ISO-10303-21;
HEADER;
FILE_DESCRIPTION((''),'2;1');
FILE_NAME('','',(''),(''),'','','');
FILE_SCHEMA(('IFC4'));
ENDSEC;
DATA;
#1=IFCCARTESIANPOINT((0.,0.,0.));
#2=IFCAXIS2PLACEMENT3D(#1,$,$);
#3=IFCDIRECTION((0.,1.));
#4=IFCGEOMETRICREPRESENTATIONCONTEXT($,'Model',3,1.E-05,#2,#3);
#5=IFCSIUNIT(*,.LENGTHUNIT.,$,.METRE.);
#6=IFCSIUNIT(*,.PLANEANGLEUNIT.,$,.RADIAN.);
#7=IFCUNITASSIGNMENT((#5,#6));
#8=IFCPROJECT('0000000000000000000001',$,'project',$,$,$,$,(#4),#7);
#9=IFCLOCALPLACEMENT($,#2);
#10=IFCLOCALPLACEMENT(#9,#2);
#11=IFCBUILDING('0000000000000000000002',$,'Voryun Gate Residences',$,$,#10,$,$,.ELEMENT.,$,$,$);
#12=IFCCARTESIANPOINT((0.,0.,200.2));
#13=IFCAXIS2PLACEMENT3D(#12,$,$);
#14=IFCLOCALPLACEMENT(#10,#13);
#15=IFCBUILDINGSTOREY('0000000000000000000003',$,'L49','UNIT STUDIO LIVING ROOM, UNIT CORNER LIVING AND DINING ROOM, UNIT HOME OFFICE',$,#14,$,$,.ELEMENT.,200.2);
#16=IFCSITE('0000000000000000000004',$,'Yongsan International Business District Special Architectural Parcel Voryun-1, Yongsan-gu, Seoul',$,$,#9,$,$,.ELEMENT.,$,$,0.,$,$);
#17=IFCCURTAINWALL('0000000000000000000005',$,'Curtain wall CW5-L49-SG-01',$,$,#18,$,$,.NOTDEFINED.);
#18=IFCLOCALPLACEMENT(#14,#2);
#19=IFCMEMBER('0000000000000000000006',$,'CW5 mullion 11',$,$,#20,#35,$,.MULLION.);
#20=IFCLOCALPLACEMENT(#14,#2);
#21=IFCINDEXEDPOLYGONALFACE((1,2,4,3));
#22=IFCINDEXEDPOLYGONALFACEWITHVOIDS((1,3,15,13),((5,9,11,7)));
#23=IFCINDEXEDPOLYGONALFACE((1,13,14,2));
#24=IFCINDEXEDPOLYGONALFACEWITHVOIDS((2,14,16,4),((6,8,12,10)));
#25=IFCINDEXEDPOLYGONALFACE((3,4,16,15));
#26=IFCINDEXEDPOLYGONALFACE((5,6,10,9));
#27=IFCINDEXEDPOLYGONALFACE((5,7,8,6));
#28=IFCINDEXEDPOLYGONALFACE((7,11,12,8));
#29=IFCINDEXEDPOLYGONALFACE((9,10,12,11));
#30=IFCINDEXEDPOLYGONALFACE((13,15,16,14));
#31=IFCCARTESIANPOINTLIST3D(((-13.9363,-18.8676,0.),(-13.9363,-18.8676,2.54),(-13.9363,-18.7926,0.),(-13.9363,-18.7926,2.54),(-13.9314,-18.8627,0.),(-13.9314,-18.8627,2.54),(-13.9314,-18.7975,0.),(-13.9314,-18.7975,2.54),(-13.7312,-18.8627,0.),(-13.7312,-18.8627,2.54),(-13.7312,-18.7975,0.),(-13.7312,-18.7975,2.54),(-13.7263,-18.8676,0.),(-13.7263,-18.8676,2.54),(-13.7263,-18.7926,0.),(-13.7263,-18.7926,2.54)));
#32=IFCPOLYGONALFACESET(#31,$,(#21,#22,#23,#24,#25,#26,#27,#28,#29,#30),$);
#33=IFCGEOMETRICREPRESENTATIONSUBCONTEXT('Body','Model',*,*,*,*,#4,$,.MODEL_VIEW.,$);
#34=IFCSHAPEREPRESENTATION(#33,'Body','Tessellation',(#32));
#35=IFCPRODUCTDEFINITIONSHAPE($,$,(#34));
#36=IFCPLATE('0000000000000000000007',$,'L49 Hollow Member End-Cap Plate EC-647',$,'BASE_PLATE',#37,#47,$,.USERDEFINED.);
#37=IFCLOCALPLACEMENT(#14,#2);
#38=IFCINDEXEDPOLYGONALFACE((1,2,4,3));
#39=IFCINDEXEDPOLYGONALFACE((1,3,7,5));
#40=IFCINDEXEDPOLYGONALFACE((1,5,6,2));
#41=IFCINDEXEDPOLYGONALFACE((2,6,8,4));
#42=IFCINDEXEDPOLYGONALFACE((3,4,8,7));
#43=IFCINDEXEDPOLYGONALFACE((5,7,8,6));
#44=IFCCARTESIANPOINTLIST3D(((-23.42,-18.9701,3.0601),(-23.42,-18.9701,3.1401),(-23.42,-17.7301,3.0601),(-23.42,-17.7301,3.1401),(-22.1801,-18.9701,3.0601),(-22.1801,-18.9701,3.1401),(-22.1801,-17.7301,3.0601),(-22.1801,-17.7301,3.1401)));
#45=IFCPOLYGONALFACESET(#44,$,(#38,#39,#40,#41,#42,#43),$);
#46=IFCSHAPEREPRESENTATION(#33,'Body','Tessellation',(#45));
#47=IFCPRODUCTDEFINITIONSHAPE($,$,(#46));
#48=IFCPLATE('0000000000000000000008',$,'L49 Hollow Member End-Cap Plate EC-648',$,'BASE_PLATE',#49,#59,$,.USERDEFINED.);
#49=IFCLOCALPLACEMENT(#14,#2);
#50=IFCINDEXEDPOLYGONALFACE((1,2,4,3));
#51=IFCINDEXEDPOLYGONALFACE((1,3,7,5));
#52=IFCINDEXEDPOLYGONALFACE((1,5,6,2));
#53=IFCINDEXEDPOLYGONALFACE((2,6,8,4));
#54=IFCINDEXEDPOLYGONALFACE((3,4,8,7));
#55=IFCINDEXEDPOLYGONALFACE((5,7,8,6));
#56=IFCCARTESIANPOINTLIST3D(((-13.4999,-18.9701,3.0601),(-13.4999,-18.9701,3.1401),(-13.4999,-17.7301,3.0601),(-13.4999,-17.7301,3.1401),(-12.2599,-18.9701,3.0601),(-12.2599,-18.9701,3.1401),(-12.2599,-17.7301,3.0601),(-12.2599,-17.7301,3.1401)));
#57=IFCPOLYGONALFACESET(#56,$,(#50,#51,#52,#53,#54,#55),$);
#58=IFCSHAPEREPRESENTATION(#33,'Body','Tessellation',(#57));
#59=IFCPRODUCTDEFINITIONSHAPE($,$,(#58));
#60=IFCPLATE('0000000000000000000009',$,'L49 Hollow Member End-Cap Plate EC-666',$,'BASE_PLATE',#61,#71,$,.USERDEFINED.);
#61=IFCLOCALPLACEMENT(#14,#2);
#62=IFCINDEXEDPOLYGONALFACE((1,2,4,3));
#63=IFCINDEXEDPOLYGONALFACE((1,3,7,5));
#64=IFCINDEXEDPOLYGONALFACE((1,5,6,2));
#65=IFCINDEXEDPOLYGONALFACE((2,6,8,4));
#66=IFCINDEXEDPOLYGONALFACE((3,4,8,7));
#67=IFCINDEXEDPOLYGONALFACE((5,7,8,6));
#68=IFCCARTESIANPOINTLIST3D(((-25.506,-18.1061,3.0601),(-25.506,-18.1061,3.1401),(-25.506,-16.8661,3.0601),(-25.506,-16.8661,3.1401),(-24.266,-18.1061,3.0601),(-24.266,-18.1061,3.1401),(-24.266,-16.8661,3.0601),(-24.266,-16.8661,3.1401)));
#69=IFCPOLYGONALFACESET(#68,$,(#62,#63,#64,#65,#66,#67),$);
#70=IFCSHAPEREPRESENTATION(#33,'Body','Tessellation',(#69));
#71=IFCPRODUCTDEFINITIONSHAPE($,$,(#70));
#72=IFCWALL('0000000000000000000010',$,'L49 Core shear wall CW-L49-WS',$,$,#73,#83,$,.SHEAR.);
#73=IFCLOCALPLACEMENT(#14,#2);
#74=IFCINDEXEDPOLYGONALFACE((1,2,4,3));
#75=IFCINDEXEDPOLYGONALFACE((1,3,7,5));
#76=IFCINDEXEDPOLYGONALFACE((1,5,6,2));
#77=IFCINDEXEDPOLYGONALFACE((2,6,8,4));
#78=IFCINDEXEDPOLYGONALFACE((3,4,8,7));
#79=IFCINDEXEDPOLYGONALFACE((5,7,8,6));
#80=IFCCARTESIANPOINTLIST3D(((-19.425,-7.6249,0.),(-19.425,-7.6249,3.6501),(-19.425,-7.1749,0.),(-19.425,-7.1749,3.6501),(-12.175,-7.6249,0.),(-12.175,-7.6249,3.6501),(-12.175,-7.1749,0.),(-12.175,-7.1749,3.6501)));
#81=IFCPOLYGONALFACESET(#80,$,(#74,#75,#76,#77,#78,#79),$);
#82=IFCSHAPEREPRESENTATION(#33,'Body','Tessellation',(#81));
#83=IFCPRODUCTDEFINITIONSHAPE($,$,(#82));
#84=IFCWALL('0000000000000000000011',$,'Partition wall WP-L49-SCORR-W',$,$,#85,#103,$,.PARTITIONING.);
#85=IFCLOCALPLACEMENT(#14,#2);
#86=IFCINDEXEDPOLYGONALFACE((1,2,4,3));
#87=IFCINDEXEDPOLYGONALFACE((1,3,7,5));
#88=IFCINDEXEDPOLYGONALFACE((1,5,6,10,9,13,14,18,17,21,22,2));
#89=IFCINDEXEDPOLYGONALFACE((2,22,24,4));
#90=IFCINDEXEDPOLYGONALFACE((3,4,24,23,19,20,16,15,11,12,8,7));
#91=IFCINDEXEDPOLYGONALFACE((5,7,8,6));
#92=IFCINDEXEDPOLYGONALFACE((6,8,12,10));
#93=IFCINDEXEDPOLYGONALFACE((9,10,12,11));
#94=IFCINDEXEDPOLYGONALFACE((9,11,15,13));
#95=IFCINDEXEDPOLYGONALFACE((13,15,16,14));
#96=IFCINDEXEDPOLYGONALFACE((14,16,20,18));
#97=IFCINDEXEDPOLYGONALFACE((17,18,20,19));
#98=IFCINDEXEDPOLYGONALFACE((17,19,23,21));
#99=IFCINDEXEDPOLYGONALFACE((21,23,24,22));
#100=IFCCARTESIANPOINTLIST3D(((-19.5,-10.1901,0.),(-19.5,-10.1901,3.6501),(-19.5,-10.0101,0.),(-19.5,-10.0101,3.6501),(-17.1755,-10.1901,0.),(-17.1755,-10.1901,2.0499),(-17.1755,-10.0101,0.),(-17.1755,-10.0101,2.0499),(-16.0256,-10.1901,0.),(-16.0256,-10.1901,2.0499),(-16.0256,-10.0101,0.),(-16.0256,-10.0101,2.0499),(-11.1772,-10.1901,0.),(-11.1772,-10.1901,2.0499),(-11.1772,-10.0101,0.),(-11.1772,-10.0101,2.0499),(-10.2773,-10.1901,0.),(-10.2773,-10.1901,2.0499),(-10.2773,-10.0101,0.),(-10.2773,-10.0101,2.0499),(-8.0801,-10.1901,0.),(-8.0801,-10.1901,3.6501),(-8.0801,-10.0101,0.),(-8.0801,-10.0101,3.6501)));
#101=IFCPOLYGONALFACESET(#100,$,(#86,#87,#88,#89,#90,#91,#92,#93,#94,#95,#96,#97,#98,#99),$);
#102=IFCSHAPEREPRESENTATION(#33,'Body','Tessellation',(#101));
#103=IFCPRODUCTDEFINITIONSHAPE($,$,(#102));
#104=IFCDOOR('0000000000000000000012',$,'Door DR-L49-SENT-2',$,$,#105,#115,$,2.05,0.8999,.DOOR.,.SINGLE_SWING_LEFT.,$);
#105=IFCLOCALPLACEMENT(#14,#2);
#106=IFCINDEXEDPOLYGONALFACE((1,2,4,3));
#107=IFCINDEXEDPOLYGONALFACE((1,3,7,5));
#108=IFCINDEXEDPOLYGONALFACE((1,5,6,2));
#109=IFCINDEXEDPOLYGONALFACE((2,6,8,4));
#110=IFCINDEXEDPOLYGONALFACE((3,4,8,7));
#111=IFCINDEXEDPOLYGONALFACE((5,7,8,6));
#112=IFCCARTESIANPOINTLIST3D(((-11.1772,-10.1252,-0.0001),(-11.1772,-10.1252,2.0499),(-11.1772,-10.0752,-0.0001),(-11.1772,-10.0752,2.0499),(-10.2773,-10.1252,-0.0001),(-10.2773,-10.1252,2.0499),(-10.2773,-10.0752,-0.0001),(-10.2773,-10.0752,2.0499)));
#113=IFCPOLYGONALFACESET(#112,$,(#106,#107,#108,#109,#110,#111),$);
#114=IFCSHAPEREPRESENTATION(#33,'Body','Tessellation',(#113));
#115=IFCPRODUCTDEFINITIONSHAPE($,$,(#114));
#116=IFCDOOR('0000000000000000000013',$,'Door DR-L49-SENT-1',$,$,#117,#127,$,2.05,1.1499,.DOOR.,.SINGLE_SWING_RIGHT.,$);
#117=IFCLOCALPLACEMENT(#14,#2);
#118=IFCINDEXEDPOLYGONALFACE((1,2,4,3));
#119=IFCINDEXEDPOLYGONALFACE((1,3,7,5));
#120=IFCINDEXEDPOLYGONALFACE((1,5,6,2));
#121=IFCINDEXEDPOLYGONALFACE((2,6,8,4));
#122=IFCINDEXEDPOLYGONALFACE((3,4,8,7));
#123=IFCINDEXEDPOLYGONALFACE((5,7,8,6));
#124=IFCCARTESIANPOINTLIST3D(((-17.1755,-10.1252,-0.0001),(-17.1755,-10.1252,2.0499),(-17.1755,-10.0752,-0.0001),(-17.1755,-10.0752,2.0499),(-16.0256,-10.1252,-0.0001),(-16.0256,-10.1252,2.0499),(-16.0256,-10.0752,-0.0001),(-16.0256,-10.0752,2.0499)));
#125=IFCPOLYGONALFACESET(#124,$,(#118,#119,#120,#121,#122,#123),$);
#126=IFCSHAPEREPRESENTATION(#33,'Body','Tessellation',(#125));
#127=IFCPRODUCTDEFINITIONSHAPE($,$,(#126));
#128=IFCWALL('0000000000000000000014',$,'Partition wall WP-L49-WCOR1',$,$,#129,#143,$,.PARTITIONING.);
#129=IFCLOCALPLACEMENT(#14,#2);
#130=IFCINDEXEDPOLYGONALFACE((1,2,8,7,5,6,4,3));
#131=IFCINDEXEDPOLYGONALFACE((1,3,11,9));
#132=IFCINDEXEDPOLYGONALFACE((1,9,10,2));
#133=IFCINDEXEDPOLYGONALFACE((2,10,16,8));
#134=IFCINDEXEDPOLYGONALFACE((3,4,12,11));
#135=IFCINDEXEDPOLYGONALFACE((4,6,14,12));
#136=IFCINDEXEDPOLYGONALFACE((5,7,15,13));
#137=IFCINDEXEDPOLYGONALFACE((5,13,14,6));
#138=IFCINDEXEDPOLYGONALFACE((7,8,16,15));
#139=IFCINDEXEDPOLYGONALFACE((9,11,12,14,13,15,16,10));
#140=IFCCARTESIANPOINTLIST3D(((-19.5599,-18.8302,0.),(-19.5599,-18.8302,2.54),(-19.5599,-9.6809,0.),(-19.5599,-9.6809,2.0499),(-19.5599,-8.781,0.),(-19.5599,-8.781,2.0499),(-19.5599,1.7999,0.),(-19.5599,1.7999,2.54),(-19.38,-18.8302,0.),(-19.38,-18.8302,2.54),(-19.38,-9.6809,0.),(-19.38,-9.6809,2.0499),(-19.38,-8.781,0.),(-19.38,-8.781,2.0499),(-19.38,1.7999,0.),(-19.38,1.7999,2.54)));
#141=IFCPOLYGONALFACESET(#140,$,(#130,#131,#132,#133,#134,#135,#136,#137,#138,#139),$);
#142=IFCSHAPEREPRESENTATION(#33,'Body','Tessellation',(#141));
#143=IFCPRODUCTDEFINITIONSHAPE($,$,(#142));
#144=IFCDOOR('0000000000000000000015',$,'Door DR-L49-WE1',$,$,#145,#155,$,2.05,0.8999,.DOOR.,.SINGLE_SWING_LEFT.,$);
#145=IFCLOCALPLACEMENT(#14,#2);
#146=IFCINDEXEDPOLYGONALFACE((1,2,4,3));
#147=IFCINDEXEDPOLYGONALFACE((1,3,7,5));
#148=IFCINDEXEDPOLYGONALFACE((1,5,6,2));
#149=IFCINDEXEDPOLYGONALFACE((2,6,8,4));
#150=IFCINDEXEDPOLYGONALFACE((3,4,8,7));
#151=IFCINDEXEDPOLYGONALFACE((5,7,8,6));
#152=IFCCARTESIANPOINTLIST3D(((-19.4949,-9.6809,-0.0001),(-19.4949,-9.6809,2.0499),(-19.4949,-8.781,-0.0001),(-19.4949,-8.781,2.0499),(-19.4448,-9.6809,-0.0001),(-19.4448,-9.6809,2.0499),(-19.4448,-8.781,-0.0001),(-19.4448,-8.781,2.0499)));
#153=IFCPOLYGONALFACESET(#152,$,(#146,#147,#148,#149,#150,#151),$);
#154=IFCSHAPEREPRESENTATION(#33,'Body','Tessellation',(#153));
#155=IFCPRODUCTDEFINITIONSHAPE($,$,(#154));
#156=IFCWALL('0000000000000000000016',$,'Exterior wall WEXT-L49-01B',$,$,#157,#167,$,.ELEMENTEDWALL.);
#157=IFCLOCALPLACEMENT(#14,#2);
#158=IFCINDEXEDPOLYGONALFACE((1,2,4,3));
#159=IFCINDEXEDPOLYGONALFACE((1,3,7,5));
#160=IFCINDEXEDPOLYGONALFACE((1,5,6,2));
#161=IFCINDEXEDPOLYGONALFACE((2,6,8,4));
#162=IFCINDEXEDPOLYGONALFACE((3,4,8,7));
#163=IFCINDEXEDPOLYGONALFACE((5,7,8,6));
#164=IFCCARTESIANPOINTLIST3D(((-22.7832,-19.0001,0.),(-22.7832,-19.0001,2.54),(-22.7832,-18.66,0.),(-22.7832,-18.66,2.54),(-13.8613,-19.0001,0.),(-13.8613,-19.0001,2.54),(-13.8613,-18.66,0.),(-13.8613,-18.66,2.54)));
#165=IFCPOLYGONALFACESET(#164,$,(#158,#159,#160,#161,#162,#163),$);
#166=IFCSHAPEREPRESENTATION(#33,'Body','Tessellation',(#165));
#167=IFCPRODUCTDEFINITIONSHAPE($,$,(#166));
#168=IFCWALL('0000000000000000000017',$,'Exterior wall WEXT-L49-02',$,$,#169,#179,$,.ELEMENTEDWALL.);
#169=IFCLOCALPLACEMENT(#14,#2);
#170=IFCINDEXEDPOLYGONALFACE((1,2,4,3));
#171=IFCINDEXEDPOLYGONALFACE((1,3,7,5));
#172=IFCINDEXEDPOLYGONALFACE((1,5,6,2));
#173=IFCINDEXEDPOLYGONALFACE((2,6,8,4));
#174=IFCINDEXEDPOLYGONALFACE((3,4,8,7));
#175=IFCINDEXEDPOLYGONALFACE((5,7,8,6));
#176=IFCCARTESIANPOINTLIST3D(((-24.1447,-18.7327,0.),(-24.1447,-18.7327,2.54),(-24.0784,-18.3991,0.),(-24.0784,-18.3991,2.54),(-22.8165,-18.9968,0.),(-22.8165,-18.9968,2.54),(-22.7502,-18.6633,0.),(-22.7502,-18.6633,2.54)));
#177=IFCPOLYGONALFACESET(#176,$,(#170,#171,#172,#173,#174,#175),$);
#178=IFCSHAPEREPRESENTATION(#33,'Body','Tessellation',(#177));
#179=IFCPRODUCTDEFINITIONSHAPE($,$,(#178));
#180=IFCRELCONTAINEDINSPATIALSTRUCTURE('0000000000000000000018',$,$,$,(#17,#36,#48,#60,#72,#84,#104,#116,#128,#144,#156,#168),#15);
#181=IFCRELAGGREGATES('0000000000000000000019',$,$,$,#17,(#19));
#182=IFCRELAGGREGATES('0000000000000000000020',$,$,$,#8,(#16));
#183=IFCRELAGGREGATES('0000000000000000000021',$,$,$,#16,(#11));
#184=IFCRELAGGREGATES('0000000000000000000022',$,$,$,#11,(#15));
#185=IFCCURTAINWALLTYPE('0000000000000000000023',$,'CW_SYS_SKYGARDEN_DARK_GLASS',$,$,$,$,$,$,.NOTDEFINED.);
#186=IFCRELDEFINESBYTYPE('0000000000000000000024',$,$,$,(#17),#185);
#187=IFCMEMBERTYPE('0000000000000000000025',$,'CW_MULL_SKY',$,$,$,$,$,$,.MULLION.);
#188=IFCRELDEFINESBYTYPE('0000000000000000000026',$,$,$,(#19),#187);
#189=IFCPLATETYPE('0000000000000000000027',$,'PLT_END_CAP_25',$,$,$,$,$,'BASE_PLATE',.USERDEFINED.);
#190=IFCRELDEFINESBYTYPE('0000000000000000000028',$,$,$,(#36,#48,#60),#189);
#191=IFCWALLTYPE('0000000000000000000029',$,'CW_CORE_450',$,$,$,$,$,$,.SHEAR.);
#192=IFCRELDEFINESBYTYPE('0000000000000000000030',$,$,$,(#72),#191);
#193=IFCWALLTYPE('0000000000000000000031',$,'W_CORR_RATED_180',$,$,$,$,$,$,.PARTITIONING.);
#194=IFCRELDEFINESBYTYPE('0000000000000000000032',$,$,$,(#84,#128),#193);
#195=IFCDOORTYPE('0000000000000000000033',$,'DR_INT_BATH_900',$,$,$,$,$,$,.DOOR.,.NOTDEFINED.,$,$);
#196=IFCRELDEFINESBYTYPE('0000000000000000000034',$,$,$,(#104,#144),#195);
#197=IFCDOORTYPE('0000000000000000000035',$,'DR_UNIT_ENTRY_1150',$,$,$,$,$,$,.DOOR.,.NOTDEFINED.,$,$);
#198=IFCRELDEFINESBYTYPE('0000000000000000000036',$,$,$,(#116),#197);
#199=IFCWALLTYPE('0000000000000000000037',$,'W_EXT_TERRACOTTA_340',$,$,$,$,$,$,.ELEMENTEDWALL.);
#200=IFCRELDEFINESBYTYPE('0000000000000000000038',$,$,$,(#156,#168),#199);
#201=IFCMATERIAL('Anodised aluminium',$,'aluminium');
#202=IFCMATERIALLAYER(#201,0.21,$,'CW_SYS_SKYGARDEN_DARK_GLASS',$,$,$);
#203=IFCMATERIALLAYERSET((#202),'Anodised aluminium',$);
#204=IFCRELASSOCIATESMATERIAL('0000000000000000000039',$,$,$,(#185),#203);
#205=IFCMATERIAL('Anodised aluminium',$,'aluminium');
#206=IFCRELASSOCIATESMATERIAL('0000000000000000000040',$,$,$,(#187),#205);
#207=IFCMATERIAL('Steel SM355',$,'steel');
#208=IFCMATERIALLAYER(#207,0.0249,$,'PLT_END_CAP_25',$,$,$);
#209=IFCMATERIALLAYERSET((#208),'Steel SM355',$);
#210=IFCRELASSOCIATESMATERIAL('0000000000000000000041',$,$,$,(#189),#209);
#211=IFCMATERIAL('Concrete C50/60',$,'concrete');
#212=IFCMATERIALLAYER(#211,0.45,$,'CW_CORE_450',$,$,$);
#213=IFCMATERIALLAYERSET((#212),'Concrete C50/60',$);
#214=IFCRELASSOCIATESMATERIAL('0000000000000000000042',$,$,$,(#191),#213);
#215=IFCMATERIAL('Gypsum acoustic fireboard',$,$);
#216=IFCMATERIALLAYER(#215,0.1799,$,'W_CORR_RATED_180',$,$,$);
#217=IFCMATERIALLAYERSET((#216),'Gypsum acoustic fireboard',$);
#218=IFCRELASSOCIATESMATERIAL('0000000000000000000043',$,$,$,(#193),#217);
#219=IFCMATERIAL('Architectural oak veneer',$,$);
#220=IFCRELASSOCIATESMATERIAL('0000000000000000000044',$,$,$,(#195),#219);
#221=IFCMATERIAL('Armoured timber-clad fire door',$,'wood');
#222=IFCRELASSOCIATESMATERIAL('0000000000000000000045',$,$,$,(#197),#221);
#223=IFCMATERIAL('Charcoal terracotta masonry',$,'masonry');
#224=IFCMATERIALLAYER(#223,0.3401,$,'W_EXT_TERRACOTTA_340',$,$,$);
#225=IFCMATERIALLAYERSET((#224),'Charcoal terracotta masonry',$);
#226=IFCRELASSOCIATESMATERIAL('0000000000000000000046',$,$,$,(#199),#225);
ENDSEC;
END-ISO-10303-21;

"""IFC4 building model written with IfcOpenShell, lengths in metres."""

from ifc_helpers import new_model, si_unit, direction, frame, frame_2d, origin, origin_2d, place, context, subcontext, project, spatial, rectangle, hollow_rectangle, extrude, material, layer, layer_set, material_profile, profile_set, type_object, element, fill, aggregate, save


model = new_model("IFC4")

# Units and contexts
model_context = context("Model", 3, precision=1e-05, world=origin(), true_north=direction((0.0, 1.0)))
body_context = subcontext(model_context, "Body", "Model", "MODEL_VIEW")
ifc_project = project(units=[si_unit("LENGTHUNIT", "METRE"), si_unit("PLANEANGLEUNIT", "RADIAN")], contexts=[model_context])

# Site, building, storey
site_placement = place(None, origin())
site = spatial("IfcSite", under=ifc_project, at=site_placement, Name="Yongsan International Business District Special Architectural Parcel Voryun-1, Yongsan-gu, Seoul", CompositionType="ELEMENT", RefElevation=0.0)
building_placement = place(site_placement, origin())
building = spatial("IfcBuilding", under=site, at=building_placement, Name="Voryun Gate Residences", CompositionType="ELEMENT")
storey_placement = place(building_placement, frame((0.0, 0.0, 200.2)))
storey = spatial("IfcBuildingStorey", under=building, at=storey_placement, Name="L49", Description="UNIT STUDIO LIVING ROOM, UNIT CORNER LIVING AND DINING ROOM, UNIT HOME OFFICE", CompositionType="ELEMENT", Elevation=200.2)

# Curtain wall, member
ifc_material_1 = material(Name="Anodised aluminium", Category="aluminium")
ifc_layer_1 = layer(ifc_material_1, 0.21, Name="CW_SYS_SKYGARDEN_DARK_GLASS")
ifc_layer_set_1 = layer_set([ifc_layer_1], Name="Anodised aluminium")
curtain_wall_type = type_object("IfcCurtainWallType", Name="CW_SYS_SKYGARDEN_DARK_GLASS", PredefinedType="NOTDEFINED", material=ifc_layer_set_1)
curtain_wall_placement = place(storey_placement, origin())
curtain_wall = element("IfcCurtainWall", 1, at=curtain_wall_placement, inside=storey, type_object=curtain_wall_type, Name="Curtain wall CW5-L49-SG-01", PredefinedType="NOTDEFINED")
ifc_material_2 = material(Name="Anodised aluminium", Category="aluminium")
ifc_material_profile_1 = material_profile(ifc_material_2, hollow_rectangle(XDim=0.075, YDim=0.21, WallThickness=0.0049, at=origin_2d()), Name="ALU-MULL-210x75x5")
ifc_profile_set_1 = profile_set([ifc_material_profile_1], Name="Anodised aluminium")
member_type = type_object("IfcMemberType", Name="CW_MULL_SKY", PredefinedType="MULLION", material=ifc_profile_set_1)
member_placement = place(storey_placement, frame((-13.8313, -18.8301, 0.0), z_axis=(0.0, 0.0, 1.0), x_axis=(0.0, -1.0, 0.0)))
member = element("IfcMember", 2, at=member_placement, type_object=member_type, Name="CW5 mullion 11", PredefinedType="MULLION", context=body_context, shape_type="SweptSolid", body=[
    extrude(hollow_rectangle(XDim=0.075, YDim=0.21, WallThickness=0.0049, at=origin_2d()), origin(), (0.0, 0.0, 1.0), 2.54),
])
aggregate(curtain_wall, [member])

# Plates
ifc_material_3 = material(Name="Steel SM355", Category="steel")
ifc_layer_2 = layer(ifc_material_3, 0.0249, Name="PLT_END_CAP_25")
ifc_layer_set_2 = layer_set([ifc_layer_2], Name="Steel SM355")
plate_type = type_object("IfcPlateType", Name="PLT_END_CAP_25", ElementType="BASE_PLATE", PredefinedType="USERDEFINED", material=ifc_layer_set_2)
for number, where, z_axis, x_axis, name in (
    (3, (-22.8, -18.3501, 3.0601), (0.0, 0.0, 1.0), (1.0, 0.0, 0.0), "L49 Hollow Member End-Cap Plate EC-647"),
    (4, (-12.8799, -18.3501, 3.0601), (0.0, 0.0, 1.0), (1.0, 0.0, 0.0), "L49 Hollow Member End-Cap Plate EC-648"),
    (5, (-24.886, -17.4861, 3.0601), (0.0, 0.0, 1.0), (1.0, 0.0, 0.0), "L49 Hollow Member End-Cap Plate EC-666"),
):
    element("IfcPlate", number, at=place(storey_placement, frame(where, z_axis=z_axis, x_axis=x_axis)), inside=storey, type_object=plate_type, Name=name, ObjectType="BASE_PLATE", PredefinedType="USERDEFINED", context=body_context, shape_type="SweptSolid", body=[
        extrude(rectangle(XDim=1.24, YDim=1.24, at=origin_2d()), origin(), (0.0, 0.0, 1.0), 0.0801),
    ])

# Wall
ifc_material_4 = material(Name="Concrete C50/60", Category="concrete")
ifc_layer_3 = layer(ifc_material_4, 0.45, Name="CW_CORE_450")
ifc_layer_set_3 = layer_set([ifc_layer_3], Name="Concrete C50/60")
wall_type_1 = type_object("IfcWallType", Name="CW_CORE_450", PredefinedType="SHEAR", material=ifc_layer_set_3)
wall_1_placement = place(storey_placement, frame((-19.425, -7.3999, 0.0), z_axis=(0.0, 0.0, 1.0), x_axis=(1.0, 0.0, 0.0)))
element("IfcWall", 6, at=wall_1_placement, inside=storey, type_object=wall_type_1, Name="L49 Core shear wall CW-L49-WS", PredefinedType="SHEAR", context=body_context, shape_type="SweptSolid", body=[
    extrude(rectangle(XDim=7.25, YDim=0.45, at=frame_2d((3.625, 0.0))), origin(), (0.0, 0.0, 1.0), 3.6501),
])

# Wall, openings, doors
ifc_material_5 = material(Name="Gypsum acoustic fireboard")
ifc_layer_4 = layer(ifc_material_5, 0.1799, Name="W_CORR_RATED_180")
ifc_layer_set_4 = layer_set([ifc_layer_4], Name="Gypsum acoustic fireboard")
wall_type_2 = type_object("IfcWallType", Name="W_CORR_RATED_180", PredefinedType="PARTITIONING", material=ifc_layer_set_4)
wall_2_placement = place(storey_placement, frame((-19.5, -10.1001, 0.0), z_axis=(0.0, 0.0, 1.0), x_axis=(1.0, 0.0, 0.0)))
wall_2 = element("IfcWall", 7, at=wall_2_placement, inside=storey, type_object=wall_type_2, Name="Partition wall WP-L49-SCORR-W", PredefinedType="PARTITIONING", context=body_context, shape_type="SweptSolid", body=[
    extrude(rectangle(XDim=11.4199, YDim=0.1799, at=frame_2d((5.71, 0.0))), origin(), (0.0, 0.0, 1.0), 3.6501),
])
opening_1_placement = place(wall_2_placement, frame((2.3245, 0.0, 0.0)))
opening_1 = element("IfcOpeningElement", 8, at=opening_1_placement, cuts=wall_2, PredefinedType="OPENING", context=body_context, shape_type="SweptSolid", body=[
    extrude(rectangle(XDim=1.1499, YDim=2.05, at=frame_2d((0.575, 1.0249))), frame((0.0, 0.0999, 0.0), z_axis=(0.0, -1.0, 0.0), x_axis=(1.0, 0.0, 0.0)), (0.0, 0.0, 1.0), 0.2),
])
opening_2_placement = place(wall_2_placement, frame((8.3228, 0.0, 0.0)))
opening_2 = element("IfcOpeningElement", 9, at=opening_2_placement, cuts=wall_2, PredefinedType="OPENING", context=body_context, shape_type="SweptSolid", body=[
    extrude(rectangle(XDim=0.8999, YDim=2.05, at=frame_2d((0.45, 1.0249))), frame((0.0, 0.0999, 0.0), z_axis=(0.0, -1.0, 0.0), x_axis=(1.0, 0.0, 0.0)), (0.0, 0.0, 1.0), 0.2),
])
ifc_material_6 = material(Name="Architectural oak veneer")
door_type_1 = type_object("IfcDoorType", Name="DR_INT_BATH_900", OperationType="NOTDEFINED", PredefinedType="DOOR", material=ifc_material_6)
door_1_placement = place(opening_2_placement, origin())
door_1 = element("IfcDoor", 10, at=door_1_placement, inside=storey, type_object=door_type_1, Name="Door DR-L49-SENT-2", OperationType="SINGLE_SWING_LEFT", OverallHeight=2.05, OverallWidth=0.8999, PredefinedType="DOOR", context=body_context, shape_type="SweptSolid", body=[
    extrude(rectangle(XDim=0.8999, YDim=2.05, at=frame_2d((0.45, 1.0249))), frame((0.0, 0.0249, 0.0), z_axis=(0.0, -1.0, 0.0), x_axis=(1.0, 0.0, 0.0)), (0.0, 0.0, 1.0), 0.05),
])
fill(opening_2, door_1)
ifc_material_7 = material(Name="Armoured timber-clad fire door", Category="wood")
door_type_2 = type_object("IfcDoorType", Name="DR_UNIT_ENTRY_1150", OperationType="NOTDEFINED", PredefinedType="DOOR", material=ifc_material_7)
door_2_placement = place(opening_1_placement, origin())
door_2 = element("IfcDoor", 11, at=door_2_placement, inside=storey, type_object=door_type_2, Name="Door DR-L49-SENT-1", OperationType="SINGLE_SWING_RIGHT", OverallHeight=2.05, OverallWidth=1.1499, PredefinedType="DOOR", context=body_context, shape_type="SweptSolid", body=[
    extrude(rectangle(XDim=1.1499, YDim=2.05, at=frame_2d((0.575, 1.0249))), frame((0.0, 0.0249, 0.0), z_axis=(0.0, -1.0, 0.0), x_axis=(1.0, 0.0, 0.0)), (0.0, 0.0, 1.0), 0.05),
])
fill(opening_1, door_2)

# Wall, opening, door
wall_3_placement = place(storey_placement, frame((-19.47, -18.8301, 0.0), z_axis=(0.0, 0.0, 1.0), x_axis=(0.0, 1.0, 0.0)))
wall_3 = element("IfcWall", 12, at=wall_3_placement, inside=storey, type_object=wall_type_2, Name="Partition wall WP-L49-WCOR1", PredefinedType="PARTITIONING", context=body_context, shape_type="SweptSolid", body=[
    extrude(rectangle(XDim=20.6301, YDim=0.1799, at=frame_2d((10.3149, 0.0))), origin(), (0.0, 0.0, 1.0), 2.54),
])
opening_3_placement = place(wall_3_placement, frame((9.1492, 0.0, 0.0)))
opening_3 = element("IfcOpeningElement", 13, at=opening_3_placement, cuts=wall_3, PredefinedType="OPENING", context=body_context, shape_type="SweptSolid", body=[
    extrude(rectangle(XDim=0.8999, YDim=2.05, at=frame_2d((0.45, 1.0249))), frame((0.0, 0.0999, 0.0), z_axis=(0.0, -1.0, 0.0), x_axis=(1.0, 0.0, 0.0)), (0.0, 0.0, 1.0), 0.2),
])
door_3_placement = place(opening_3_placement, origin())
door_3 = element("IfcDoor", 14, at=door_3_placement, inside=storey, type_object=door_type_1, Name="Door DR-L49-WE1", OperationType="SINGLE_SWING_LEFT", OverallHeight=2.05, OverallWidth=0.8999, PredefinedType="DOOR", context=body_context, shape_type="SweptSolid", body=[
    extrude(rectangle(XDim=0.8999, YDim=2.05, at=frame_2d((0.45, 1.0249))), frame((0.0, 0.0249, 0.0), z_axis=(0.0, -1.0, 0.0), x_axis=(1.0, 0.0, 0.0)), (0.0, 0.0, 1.0), 0.05),
])
fill(opening_3, door_3)

# Walls
ifc_material_8 = material(Name="Charcoal terracotta masonry", Category="masonry")
ifc_layer_5 = layer(ifc_material_8, 0.3401, Name="W_EXT_TERRACOTTA_340")
ifc_layer_set_5 = layer_set([ifc_layer_5], Name="Charcoal terracotta masonry")
wall_type_3 = type_object("IfcWallType", Name="W_EXT_TERRACOTTA_340", PredefinedType="ELEMENTEDWALL", material=ifc_layer_set_5)
wall_4_placement = place(storey_placement, frame((-13.8613, -18.8301, 0.0), z_axis=(0.0, 0.0, 1.0), x_axis=(-1.0, 0.0, 0.0)))
element("IfcWall", 15, at=wall_4_placement, inside=storey, type_object=wall_type_3, Name="Exterior wall WEXT-L49-01B", PredefinedType="ELEMENTEDWALL", context=body_context, shape_type="SweptSolid", body=[
    extrude(rectangle(XDim=8.9219, YDim=0.3401, at=frame_2d((4.4609, 0.0))), origin(), (0.0, 0.0, 1.0), 2.54),
])
wall_5_placement = place(storey_placement, frame((-22.7832, -18.8301, 0.0), z_axis=(0.0, 0.0, 1.0), x_axis=(-0.980788, 0.195076, 0.0)))
element("IfcWall", 16, at=wall_5_placement, inside=storey, type_object=wall_type_3, Name="Exterior wall WEXT-L49-02", PredefinedType="ELEMENTEDWALL", context=body_context, shape_type="SweptSolid", body=[
    extrude(rectangle(XDim=1.3542, YDim=0.3401, at=frame_2d((0.6772, 0.0))), origin(), (0.0, 0.0, 1.0), 2.54),
])

save(model, "model.ifc")
